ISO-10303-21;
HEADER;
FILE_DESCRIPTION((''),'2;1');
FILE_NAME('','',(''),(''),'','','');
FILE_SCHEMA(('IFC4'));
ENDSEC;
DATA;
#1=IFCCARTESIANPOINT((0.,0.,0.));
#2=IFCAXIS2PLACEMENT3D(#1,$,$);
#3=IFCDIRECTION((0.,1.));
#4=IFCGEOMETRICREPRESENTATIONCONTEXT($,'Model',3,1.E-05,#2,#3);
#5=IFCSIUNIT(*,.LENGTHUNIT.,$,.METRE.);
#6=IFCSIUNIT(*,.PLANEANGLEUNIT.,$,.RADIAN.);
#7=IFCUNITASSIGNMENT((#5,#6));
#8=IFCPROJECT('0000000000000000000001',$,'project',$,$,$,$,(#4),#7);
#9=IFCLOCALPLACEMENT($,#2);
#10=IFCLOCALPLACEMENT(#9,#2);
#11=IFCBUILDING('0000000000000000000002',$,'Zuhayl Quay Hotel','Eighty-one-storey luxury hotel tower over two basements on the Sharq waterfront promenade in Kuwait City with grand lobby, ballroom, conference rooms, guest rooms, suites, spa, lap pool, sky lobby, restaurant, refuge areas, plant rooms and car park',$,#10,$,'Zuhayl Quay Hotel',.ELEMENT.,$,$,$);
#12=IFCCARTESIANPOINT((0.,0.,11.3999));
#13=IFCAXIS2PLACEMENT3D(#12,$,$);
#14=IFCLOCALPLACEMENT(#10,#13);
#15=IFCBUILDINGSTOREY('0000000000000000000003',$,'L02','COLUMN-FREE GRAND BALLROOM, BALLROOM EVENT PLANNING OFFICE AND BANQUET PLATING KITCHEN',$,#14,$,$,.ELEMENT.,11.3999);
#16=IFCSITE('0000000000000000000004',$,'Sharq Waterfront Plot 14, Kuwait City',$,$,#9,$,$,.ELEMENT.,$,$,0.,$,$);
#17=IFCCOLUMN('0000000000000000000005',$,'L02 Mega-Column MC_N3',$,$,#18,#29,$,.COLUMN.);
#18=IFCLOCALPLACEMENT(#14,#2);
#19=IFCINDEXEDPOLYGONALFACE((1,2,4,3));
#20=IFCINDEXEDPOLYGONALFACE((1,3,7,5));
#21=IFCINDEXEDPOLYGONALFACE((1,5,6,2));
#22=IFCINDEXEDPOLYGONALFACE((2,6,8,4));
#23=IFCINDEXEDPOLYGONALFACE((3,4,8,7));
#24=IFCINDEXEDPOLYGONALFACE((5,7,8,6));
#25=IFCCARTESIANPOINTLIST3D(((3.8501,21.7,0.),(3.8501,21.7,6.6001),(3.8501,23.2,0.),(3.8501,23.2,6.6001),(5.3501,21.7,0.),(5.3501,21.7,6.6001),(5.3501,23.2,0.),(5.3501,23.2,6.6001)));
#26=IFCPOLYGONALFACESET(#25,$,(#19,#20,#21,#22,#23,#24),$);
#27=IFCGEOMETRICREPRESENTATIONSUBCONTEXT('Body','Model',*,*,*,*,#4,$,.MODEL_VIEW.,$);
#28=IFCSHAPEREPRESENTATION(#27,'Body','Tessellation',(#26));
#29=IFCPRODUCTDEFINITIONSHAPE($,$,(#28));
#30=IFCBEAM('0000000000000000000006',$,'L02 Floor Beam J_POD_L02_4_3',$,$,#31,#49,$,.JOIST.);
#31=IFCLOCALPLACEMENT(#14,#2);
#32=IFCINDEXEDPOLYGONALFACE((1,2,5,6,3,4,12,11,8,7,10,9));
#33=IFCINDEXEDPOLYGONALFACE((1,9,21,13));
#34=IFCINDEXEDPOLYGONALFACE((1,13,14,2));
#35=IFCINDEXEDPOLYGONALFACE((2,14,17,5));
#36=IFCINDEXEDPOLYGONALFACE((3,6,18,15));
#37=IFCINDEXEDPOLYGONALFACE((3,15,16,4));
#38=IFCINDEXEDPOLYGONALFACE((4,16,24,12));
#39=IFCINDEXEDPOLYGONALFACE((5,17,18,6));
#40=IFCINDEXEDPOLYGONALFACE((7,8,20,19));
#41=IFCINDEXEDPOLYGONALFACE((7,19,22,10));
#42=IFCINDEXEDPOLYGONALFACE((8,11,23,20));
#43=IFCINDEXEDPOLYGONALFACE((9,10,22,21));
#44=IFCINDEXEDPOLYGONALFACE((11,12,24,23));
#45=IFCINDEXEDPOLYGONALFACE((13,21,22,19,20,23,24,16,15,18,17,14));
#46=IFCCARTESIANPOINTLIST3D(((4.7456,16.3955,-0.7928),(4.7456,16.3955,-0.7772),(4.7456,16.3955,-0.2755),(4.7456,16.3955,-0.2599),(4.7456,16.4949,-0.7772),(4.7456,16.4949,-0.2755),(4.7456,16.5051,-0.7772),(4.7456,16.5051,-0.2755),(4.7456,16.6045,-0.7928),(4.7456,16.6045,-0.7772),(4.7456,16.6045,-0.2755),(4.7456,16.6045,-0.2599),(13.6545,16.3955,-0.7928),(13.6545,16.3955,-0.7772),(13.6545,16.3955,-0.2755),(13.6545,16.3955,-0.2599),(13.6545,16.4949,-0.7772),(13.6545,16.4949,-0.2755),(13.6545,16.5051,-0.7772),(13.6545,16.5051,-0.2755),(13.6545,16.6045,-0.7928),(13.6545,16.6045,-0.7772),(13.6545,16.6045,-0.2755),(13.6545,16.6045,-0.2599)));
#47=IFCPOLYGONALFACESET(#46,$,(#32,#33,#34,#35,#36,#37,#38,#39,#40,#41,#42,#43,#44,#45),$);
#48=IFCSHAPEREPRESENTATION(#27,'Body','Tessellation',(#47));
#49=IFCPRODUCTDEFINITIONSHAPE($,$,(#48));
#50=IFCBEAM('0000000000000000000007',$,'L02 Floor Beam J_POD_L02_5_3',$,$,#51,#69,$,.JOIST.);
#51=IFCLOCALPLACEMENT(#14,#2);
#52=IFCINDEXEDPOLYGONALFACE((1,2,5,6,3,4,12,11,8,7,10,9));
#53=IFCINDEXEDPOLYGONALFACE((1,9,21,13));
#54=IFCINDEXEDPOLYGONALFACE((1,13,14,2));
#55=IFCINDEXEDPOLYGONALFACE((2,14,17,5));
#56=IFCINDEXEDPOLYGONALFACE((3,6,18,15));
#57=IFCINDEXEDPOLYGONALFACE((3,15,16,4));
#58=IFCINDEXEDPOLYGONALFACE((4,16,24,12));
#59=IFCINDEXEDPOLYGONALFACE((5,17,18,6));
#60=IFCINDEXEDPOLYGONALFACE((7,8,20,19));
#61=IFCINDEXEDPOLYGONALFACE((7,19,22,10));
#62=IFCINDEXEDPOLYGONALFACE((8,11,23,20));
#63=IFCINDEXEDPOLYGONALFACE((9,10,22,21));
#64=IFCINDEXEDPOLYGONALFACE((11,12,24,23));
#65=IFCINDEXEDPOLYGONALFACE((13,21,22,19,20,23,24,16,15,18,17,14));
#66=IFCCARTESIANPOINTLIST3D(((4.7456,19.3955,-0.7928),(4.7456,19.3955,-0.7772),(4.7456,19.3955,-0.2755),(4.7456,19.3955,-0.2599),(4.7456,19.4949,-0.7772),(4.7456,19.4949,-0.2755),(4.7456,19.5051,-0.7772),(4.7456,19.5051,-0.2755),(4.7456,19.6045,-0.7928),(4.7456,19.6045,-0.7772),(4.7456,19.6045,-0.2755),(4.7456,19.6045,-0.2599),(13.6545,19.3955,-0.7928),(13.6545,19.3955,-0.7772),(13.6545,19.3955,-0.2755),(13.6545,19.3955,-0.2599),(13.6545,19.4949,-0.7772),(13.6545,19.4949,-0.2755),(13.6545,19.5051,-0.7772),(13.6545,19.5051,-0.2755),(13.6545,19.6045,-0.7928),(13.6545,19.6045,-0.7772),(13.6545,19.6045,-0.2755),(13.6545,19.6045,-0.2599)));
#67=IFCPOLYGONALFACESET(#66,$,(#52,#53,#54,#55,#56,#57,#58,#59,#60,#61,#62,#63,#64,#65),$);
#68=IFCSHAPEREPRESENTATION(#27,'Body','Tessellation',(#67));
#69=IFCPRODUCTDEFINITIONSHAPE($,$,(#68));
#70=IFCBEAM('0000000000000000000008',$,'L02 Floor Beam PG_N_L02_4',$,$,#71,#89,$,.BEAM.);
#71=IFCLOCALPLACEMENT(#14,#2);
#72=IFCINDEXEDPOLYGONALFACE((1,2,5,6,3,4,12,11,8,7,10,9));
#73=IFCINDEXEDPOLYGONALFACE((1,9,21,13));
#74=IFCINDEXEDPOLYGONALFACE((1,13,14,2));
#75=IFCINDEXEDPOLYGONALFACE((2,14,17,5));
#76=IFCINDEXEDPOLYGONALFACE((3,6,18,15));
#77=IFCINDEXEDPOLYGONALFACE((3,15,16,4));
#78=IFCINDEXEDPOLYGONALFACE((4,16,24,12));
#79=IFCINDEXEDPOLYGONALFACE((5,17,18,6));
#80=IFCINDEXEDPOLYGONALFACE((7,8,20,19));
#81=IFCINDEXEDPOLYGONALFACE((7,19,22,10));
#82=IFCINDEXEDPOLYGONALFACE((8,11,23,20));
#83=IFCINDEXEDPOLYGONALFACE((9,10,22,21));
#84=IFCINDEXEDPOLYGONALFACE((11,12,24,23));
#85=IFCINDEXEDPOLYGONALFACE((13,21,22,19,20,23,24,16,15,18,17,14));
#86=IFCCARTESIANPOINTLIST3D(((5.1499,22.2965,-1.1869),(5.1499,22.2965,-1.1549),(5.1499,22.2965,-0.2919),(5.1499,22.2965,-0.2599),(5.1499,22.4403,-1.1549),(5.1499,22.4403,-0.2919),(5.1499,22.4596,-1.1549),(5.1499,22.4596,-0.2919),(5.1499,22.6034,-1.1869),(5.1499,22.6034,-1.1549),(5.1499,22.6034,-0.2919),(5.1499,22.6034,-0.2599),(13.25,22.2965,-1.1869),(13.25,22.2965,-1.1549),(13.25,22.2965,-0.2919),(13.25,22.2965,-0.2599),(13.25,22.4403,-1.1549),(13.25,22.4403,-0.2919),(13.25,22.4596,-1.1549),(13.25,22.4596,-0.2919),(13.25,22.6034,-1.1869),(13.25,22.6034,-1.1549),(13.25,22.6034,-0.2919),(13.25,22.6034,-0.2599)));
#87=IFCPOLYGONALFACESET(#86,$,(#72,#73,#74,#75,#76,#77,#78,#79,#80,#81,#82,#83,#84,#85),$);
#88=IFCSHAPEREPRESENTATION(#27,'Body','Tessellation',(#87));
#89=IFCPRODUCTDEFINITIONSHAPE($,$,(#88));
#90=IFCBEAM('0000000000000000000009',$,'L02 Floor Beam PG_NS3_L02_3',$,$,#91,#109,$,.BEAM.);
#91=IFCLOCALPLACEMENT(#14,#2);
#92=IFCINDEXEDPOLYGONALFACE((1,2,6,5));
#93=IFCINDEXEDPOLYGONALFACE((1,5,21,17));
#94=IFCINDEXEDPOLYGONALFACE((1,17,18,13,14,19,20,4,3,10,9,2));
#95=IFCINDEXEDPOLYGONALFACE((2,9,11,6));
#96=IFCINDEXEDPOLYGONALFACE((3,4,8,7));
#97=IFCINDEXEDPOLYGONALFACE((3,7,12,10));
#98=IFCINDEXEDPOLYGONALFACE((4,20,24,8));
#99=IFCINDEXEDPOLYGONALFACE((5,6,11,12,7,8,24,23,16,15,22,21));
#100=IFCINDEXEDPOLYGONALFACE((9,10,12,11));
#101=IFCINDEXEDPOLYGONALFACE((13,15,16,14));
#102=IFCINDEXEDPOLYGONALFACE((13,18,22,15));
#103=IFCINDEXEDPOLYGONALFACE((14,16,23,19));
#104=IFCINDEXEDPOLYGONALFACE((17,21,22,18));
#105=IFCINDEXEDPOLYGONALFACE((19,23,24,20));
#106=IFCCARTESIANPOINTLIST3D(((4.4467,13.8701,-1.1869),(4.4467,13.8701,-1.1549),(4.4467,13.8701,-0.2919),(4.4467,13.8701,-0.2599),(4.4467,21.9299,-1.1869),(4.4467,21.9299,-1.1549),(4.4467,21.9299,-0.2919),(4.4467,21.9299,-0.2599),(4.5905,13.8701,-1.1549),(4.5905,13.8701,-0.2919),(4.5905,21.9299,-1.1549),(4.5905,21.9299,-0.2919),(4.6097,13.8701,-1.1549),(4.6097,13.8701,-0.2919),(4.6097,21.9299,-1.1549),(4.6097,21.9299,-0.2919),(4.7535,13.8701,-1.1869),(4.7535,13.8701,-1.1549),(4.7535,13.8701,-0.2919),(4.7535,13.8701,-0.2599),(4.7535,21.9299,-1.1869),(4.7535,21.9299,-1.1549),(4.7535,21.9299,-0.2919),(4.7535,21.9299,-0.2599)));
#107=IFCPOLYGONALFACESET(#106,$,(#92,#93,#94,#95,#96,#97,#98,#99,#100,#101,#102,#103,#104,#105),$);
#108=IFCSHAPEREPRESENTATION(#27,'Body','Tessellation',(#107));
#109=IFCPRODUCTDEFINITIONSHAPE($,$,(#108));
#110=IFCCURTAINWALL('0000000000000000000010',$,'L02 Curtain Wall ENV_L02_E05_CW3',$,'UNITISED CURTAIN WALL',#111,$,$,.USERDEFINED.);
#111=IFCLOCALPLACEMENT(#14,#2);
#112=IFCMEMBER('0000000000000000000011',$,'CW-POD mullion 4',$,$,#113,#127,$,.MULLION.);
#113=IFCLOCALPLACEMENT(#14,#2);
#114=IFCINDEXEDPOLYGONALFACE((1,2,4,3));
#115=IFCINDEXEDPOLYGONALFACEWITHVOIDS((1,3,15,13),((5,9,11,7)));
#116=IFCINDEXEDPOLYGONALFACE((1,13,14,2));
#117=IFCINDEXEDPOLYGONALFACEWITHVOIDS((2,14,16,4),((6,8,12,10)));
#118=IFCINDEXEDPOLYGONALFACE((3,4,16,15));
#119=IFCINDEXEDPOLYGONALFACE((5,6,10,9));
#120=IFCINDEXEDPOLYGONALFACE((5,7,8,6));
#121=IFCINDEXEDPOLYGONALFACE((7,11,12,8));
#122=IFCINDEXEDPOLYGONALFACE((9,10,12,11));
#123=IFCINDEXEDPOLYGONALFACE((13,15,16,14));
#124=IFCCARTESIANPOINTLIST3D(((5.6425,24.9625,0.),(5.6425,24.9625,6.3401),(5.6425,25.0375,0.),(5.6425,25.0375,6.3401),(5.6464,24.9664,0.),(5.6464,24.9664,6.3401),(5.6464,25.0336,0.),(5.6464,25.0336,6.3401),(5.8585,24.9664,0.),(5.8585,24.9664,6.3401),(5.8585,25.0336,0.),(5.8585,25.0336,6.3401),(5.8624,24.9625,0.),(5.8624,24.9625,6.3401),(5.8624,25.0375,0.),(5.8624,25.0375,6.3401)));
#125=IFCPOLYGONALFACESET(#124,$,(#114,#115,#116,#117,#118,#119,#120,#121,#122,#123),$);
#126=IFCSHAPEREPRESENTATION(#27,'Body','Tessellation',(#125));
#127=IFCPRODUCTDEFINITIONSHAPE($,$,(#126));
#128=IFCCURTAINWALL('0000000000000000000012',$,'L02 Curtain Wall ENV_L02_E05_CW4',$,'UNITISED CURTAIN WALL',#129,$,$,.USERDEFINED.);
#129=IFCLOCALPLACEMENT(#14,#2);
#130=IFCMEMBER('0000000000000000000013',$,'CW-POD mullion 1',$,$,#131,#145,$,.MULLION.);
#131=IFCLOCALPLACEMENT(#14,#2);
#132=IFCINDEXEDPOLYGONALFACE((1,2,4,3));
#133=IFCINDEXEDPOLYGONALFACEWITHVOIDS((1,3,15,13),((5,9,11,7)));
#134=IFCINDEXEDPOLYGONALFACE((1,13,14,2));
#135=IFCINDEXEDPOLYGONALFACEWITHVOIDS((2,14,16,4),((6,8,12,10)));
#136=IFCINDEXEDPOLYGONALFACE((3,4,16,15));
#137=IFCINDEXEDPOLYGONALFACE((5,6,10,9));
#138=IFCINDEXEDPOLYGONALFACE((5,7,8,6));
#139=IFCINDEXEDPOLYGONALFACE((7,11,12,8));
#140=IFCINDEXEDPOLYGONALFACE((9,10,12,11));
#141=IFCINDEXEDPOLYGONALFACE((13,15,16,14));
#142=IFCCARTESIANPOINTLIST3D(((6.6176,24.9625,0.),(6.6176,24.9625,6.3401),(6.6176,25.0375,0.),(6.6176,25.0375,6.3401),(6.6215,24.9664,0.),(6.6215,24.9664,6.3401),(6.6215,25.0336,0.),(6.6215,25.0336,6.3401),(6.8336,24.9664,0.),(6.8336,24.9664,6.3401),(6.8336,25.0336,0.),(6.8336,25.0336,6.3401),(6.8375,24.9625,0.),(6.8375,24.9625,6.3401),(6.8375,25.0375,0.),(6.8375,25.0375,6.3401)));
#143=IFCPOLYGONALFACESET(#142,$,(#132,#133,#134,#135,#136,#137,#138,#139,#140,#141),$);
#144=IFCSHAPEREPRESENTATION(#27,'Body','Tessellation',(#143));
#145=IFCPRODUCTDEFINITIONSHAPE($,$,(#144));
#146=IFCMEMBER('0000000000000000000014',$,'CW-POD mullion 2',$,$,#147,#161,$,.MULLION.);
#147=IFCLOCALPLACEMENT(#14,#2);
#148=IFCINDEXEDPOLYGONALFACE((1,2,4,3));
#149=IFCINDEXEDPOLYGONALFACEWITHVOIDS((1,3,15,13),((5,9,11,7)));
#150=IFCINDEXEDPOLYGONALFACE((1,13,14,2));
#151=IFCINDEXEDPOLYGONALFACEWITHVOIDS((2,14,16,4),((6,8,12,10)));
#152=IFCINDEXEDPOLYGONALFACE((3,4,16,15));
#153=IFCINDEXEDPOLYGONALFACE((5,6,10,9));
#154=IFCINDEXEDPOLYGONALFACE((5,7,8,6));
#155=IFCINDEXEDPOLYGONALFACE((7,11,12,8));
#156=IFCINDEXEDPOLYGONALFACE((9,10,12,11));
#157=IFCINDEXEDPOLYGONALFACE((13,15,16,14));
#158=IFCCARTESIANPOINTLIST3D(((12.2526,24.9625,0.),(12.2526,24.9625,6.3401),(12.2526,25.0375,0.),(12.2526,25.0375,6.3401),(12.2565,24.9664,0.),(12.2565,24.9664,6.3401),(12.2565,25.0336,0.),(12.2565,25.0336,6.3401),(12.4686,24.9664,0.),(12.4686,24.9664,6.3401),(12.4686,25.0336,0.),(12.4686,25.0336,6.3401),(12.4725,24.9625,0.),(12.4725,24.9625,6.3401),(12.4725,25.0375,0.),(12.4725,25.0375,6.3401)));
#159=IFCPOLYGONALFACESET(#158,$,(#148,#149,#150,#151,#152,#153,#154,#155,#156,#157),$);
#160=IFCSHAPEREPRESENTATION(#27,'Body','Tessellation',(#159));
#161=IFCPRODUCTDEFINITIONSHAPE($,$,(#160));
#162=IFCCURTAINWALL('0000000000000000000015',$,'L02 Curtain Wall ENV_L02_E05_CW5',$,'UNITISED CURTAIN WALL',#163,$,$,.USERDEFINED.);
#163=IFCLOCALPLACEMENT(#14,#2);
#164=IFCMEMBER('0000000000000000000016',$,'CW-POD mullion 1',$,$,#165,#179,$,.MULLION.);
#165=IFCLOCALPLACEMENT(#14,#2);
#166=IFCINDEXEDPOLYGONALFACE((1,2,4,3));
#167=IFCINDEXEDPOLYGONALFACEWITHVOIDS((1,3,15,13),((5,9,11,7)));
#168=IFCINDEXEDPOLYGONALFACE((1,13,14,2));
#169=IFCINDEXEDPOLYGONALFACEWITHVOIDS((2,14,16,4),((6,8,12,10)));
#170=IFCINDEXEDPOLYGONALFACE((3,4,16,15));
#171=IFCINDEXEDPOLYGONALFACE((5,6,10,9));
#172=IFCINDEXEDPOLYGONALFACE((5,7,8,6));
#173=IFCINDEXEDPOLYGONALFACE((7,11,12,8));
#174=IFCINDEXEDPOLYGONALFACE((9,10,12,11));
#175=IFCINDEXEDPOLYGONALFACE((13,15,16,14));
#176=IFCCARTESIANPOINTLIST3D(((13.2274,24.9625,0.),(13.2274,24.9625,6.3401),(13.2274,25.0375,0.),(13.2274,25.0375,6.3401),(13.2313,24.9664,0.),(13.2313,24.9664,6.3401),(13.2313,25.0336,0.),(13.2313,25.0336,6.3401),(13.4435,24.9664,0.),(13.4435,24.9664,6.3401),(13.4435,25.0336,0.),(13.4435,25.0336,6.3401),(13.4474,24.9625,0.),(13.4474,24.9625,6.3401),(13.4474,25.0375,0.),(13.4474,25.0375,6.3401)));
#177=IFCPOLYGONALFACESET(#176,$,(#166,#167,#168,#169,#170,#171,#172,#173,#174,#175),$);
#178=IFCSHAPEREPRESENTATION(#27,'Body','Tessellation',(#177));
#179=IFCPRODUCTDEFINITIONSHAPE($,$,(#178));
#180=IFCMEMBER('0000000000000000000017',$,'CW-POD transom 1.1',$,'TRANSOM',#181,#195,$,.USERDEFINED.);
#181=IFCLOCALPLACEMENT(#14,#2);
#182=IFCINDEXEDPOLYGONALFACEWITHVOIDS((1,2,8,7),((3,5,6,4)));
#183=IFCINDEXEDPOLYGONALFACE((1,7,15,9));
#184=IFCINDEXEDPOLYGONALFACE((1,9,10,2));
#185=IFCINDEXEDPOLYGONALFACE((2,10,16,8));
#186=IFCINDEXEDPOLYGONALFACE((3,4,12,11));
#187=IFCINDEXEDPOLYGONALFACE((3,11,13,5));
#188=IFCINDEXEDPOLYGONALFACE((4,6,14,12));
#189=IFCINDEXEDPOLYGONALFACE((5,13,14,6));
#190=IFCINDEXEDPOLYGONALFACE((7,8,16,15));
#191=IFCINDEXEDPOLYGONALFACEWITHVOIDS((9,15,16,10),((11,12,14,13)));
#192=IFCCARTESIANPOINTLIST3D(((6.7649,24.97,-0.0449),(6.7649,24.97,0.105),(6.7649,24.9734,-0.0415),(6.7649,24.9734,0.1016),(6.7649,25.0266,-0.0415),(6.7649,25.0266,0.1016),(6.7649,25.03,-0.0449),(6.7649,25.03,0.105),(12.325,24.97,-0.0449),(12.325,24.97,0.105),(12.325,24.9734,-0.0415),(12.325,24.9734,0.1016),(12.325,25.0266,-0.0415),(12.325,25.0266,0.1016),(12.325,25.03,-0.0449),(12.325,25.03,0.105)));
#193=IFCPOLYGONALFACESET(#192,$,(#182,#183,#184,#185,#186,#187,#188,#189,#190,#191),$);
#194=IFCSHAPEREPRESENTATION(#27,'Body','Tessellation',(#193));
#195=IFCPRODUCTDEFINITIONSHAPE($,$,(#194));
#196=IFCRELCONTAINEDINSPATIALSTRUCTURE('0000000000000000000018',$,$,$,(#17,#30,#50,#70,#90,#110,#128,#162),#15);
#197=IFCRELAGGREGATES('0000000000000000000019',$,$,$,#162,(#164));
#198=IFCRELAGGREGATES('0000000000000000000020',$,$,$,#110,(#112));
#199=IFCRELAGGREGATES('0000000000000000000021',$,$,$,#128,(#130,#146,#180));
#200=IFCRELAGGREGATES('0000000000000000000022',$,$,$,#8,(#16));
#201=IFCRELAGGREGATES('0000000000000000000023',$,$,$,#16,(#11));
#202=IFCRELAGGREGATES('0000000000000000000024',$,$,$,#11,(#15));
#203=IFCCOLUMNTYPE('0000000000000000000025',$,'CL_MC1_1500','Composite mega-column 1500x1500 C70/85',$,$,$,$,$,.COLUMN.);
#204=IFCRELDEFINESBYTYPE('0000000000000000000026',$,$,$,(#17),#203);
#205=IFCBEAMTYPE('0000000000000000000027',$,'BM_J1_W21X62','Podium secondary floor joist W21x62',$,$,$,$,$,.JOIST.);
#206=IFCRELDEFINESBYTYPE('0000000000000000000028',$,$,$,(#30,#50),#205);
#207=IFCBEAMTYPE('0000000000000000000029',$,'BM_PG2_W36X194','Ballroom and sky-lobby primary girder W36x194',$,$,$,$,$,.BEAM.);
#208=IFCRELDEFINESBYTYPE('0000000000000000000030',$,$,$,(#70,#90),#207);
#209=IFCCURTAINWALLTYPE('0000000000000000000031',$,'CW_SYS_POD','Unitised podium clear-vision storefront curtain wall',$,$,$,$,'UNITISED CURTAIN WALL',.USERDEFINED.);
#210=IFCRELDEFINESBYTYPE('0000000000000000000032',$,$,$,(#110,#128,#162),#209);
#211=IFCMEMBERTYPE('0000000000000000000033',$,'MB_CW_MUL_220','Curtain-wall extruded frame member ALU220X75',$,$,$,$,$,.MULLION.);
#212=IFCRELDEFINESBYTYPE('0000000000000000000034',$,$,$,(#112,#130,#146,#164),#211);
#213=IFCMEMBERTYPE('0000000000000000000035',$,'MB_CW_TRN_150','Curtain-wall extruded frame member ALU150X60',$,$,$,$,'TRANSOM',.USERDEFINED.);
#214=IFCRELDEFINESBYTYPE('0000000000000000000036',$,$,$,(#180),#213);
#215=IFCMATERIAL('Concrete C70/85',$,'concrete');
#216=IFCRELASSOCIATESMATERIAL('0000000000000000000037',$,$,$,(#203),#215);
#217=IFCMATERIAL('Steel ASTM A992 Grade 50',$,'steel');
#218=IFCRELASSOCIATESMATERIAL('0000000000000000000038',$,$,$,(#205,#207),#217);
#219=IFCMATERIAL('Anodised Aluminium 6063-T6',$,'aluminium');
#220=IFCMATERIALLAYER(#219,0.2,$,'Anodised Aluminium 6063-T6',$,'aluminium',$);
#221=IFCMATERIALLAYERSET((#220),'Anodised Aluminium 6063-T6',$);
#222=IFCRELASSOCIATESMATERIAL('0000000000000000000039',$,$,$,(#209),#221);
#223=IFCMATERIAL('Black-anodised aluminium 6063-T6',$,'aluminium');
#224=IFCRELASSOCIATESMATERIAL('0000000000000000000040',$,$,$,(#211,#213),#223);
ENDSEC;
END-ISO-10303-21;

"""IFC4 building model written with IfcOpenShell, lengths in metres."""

from ifc_helpers import new_model, si_unit, direction, frame, origin, origin_2d, place, context, subcontext, project, spatial, rectangle, hollow_rectangle, i_section, extrude, material, layer, layer_set, material_profile, profile_set, type_object, element, aggregate, save


model = new_model("IFC4")

# Units and contexts
model_context = context("Model", 3, precision=1e-05, world=origin(), true_north=direction((0.0, 1.0)))
body_context = subcontext(model_context, "Body", "Model", "MODEL_VIEW")
ifc_project = project(units=[si_unit("LENGTHUNIT", "METRE"), si_unit("PLANEANGLEUNIT", "RADIAN")], contexts=[model_context])

# Site, building, storey
site_placement = place(None, origin())
site = spatial("IfcSite", under=ifc_project, at=site_placement, Name="Sharq Waterfront Plot 14, Kuwait City", CompositionType="ELEMENT", RefElevation=0.0)
building_placement = place(site_placement, origin())
building = spatial("IfcBuilding", under=site, at=building_placement, Name="Zuhayl Quay Hotel", Description="Eighty-one-storey luxury hotel tower over two basements on the Sharq waterfront promenade in Kuwait City with grand lobby, ballroom, conference rooms, guest rooms, suites, spa, lap pool, sky lobby, restaurant, refuge areas, plant rooms and car park", LongName="Zuhayl Quay Hotel", CompositionType="ELEMENT")
storey_placement = place(building_placement, frame((0.0, 0.0, 11.3999)))
storey = spatial("IfcBuildingStorey", under=building, at=storey_placement, Name="L02", Description="COLUMN-FREE GRAND BALLROOM, BALLROOM EVENT PLANNING OFFICE AND BANQUET PLATING KITCHEN", CompositionType="ELEMENT", Elevation=11.3999)

# Column
ifc_material_1 = material(Name="Concrete C70/85", Category="concrete")
ifc_material_profile_1 = material_profile(ifc_material_1, rectangle(XDim=1.5, YDim=1.5, at=origin_2d()), Name="RC1500X1500")
ifc_profile_set_1 = profile_set([ifc_material_profile_1], Name="Concrete C70/85")
column_type = type_object("IfcColumnType", Name="CL_MC1_1500", Description="Composite mega-column 1500x1500 C70/85", PredefinedType="COLUMN", material=ifc_profile_set_1)
column_placement = place(storey_placement, frame((4.6001, 22.45, 0.0), z_axis=(0.0, 0.0, 1.0), x_axis=(1.0, 0.0, 0.0)))
element("IfcColumn", 1, at=column_placement, inside=storey, type_object=column_type, Name="L02 Mega-Column MC_N3", PredefinedType="COLUMN", context=body_context, shape_type="SweptSolid", body=[
    extrude(rectangle(XDim=1.5, YDim=1.5, at=origin_2d()), origin(), (0.0, 0.0, 1.0), 6.6001),
])

# Beams
ifc_material_2 = material(Name="Steel ASTM A992 Grade 50", Category="steel")
ifc_material_profile_2 = material_profile(ifc_material_2, i_section(OverallWidth=0.209, OverallDepth=0.533, WebThickness=0.0103, FlangeThickness=0.0156, at=origin_2d()), Name="W21X62")
ifc_profile_set_2 = profile_set([ifc_material_profile_2], Name="Steel ASTM A992 Grade 50")
beam_type_1 = type_object("IfcBeamType", Name="BM_J1_W21X62", Description="Podium secondary floor joist W21x62", PredefinedType="JOIST", material=ifc_profile_set_2)
for number, where, z_axis, x_axis, name in (
    (2, (4.7456, 16.5, -0.5264), (1.0, 0.0, 0.0), (0.0, 1.0, 0.0), "L02 Floor Beam J_POD_L02_4_3"),
    (3, (4.7456, 19.5, -0.5264), (1.0, 0.0, 0.0), (0.0, 1.0, 0.0), "L02 Floor Beam J_POD_L02_5_3"),
):
    element("IfcBeam", number, at=place(storey_placement, frame(where, z_axis=z_axis, x_axis=x_axis)), inside=storey, type_object=beam_type_1, Name=name, PredefinedType="JOIST", context=body_context, shape_type="SweptSolid", body=[
        extrude(i_section(OverallWidth=0.209, OverallDepth=0.533, WebThickness=0.0103, FlangeThickness=0.0156, at=origin_2d()), origin(), (0.0, 0.0, 1.0), 8.9089),
    ])
ifc_material_profile_3 = material_profile(ifc_material_2, i_section(OverallWidth=0.3069, OverallDepth=0.927, WebThickness=0.0193, FlangeThickness=0.032, at=origin_2d()), Name="W36X194")
ifc_profile_set_3 = profile_set([ifc_material_profile_3], Name="Steel ASTM A992 Grade 50")
beam_type_2 = type_object("IfcBeamType", Name="BM_PG2_W36X194", Description="Ballroom and sky-lobby primary girder W36x194", PredefinedType="BEAM", material=ifc_profile_set_3)
beam_1_placement = place(storey_placement, frame((5.1499, 22.45, -0.7234), z_axis=(1.0, 0.0, 0.0), x_axis=(0.0, 1.0, 0.0)))
element("IfcBeam", 4, at=beam_1_placement, inside=storey, type_object=beam_type_2, Name="L02 Floor Beam PG_N_L02_4", PredefinedType="BEAM", context=body_context, shape_type="SweptSolid", body=[
    extrude(i_section(OverallWidth=0.3069, OverallDepth=0.927, WebThickness=0.0193, FlangeThickness=0.032, at=origin_2d()), origin(), (0.0, 0.0, 1.0), 8.1001),
])
beam_2_placement = place(storey_placement, frame((4.6001, 13.8701, -0.7234), z_axis=(0.0, 1.0, 0.0), x_axis=(-1.0, 0.0, 0.0)))
element("IfcBeam", 5, at=beam_2_placement, inside=storey, type_object=beam_type_2, Name="L02 Floor Beam PG_NS3_L02_3", PredefinedType="BEAM", context=body_context, shape_type="SweptSolid", body=[
    extrude(i_section(OverallWidth=0.3069, OverallDepth=0.927, WebThickness=0.0193, FlangeThickness=0.032, at=origin_2d()), origin(), (0.0, 0.0, 1.0), 8.0598),
])

# Curtain wall, member
ifc_material_3 = material(Name="Anodised Aluminium 6063-T6", Category="aluminium")
ifc_layer_1 = layer(ifc_material_3, 0.2, Name="Anodised Aluminium 6063-T6", Category="aluminium")
ifc_layer_set_1 = layer_set([ifc_layer_1], Name="Anodised Aluminium 6063-T6")
curtain_wall_type = type_object("IfcCurtainWallType", Name="CW_SYS_POD", Description="Unitised podium clear-vision storefront curtain wall", ElementType="UNITISED CURTAIN WALL", PredefinedType="USERDEFINED", material=ifc_layer_set_1)
curtain_wall_1_placement = place(storey_placement, origin())
curtain_wall_1 = element("IfcCurtainWall", 6, at=curtain_wall_1_placement, inside=storey, type_object=curtain_wall_type, Name="L02 Curtain Wall ENV_L02_E05_CW3", ObjectType="UNITISED CURTAIN WALL", PredefinedType="USERDEFINED")
ifc_material_4 = material(Name="Black-anodised aluminium 6063-T6", Category="aluminium")
ifc_material_profile_4 = material_profile(ifc_material_4, hollow_rectangle(XDim=0.075, YDim=0.22, WallThickness=0.0039, at=origin_2d()), Name="ALU220X75")
ifc_profile_set_4 = profile_set([ifc_material_profile_4], Name="Black-anodised aluminium 6063-T6")
member_type_1 = type_object("IfcMemberType", Name="MB_CW_MUL_220", Description="Curtain-wall extruded frame member ALU220X75", PredefinedType="MULLION", material=ifc_profile_set_4)
member_1_placement = place(storey_placement, frame((5.7524, 25.0, 0.0), z_axis=(0.0, 0.0, 1.0), x_axis=(0.0, 1.0, 0.0)))
member_1 = element("IfcMember", 7, at=member_1_placement, type_object=member_type_1, Name="CW-POD mullion 4", PredefinedType="MULLION", context=body_context, shape_type="SweptSolid", body=[
    extrude(hollow_rectangle(XDim=0.075, YDim=0.22, WallThickness=0.0039, at=origin_2d()), origin(), (0.0, 0.0, 1.0), 6.3401),
])

# Curtain wall, members
curtain_wall_2_placement = place(storey_placement, origin())
curtain_wall_2 = element("IfcCurtainWall", 8, at=curtain_wall_2_placement, inside=storey, type_object=curtain_wall_type, Name="L02 Curtain Wall ENV_L02_E05_CW4", ObjectType="UNITISED CURTAIN WALL", PredefinedType="USERDEFINED")
member_2_placement = place(storey_placement, frame((6.7275, 25.0, 0.0), z_axis=(0.0, 0.0, 1.0), x_axis=(0.0, 1.0, 0.0)))
member_2 = element("IfcMember", 9, at=member_2_placement, type_object=member_type_1, Name="CW-POD mullion 1", PredefinedType="MULLION", context=body_context, shape_type="SweptSolid", body=[
    extrude(hollow_rectangle(XDim=0.075, YDim=0.22, WallThickness=0.0039, at=origin_2d()), origin(), (0.0, 0.0, 1.0), 6.3401),
])
member_3_placement = place(storey_placement, frame((12.3625, 25.0, 0.0), z_axis=(0.0, 0.0, 1.0), x_axis=(0.0, 1.0, 0.0)))
member_3 = element("IfcMember", 10, at=member_3_placement, type_object=member_type_1, Name="CW-POD mullion 2", PredefinedType="MULLION", context=body_context, shape_type="SweptSolid", body=[
    extrude(hollow_rectangle(XDim=0.075, YDim=0.22, WallThickness=0.0039, at=origin_2d()), origin(), (0.0, 0.0, 1.0), 6.3401),
])

# Curtain wall, member
curtain_wall_3_placement = place(storey_placement, origin())
curtain_wall_3 = element("IfcCurtainWall", 11, at=curtain_wall_3_placement, inside=storey, type_object=curtain_wall_type, Name="L02 Curtain Wall ENV_L02_E05_CW5", ObjectType="UNITISED CURTAIN WALL", PredefinedType="USERDEFINED")
member_4_placement = place(storey_placement, frame((13.3374, 25.0, 0.0), z_axis=(0.0, 0.0, 1.0), x_axis=(0.0, 1.0, 0.0)))
member_4 = element("IfcMember", 12, at=member_4_placement, type_object=member_type_1, Name="CW-POD mullion 1", PredefinedType="MULLION", context=body_context, shape_type="SweptSolid", body=[
    extrude(hollow_rectangle(XDim=0.075, YDim=0.22, WallThickness=0.0039, at=origin_2d()), origin(), (0.0, 0.0, 1.0), 6.3401),
])

# Member
ifc_material_profile_5 = material_profile(ifc_material_4, hollow_rectangle(XDim=0.0601, YDim=0.1499, WallThickness=0.0034, at=origin_2d()), Name="ALU150X60")
ifc_profile_set_5 = profile_set([ifc_material_profile_5], Name="Black-anodised aluminium 6063-T6")
member_type_2 = type_object("IfcMemberType", Name="MB_CW_TRN_150", Description="Curtain-wall extruded frame member ALU150X60", ElementType="TRANSOM", PredefinedType="USERDEFINED", material=ifc_profile_set_5)
member_5_placement = place(storey_placement, frame((6.7649, 25.0, 0.03), z_axis=(1.0, 0.0, 0.0), x_axis=(0.0, 1.0, 0.0)))
member_5 = element("IfcMember", 13, at=member_5_placement, type_object=member_type_2, Name="CW-POD transom 1.1", ObjectType="TRANSOM", PredefinedType="USERDEFINED", context=body_context, shape_type="SweptSolid", body=[
    extrude(hollow_rectangle(XDim=0.0601, YDim=0.1499, WallThickness=0.0034, at=origin_2d()), origin(), (0.0, 0.0, 1.0), 5.5601),
])
aggregate(curtain_wall_3, [member_4])

aggregate(curtain_wall_1, [member_1])
aggregate(curtain_wall_2, [member_2, member_3, member_5])

save(model, "model.ifc")
